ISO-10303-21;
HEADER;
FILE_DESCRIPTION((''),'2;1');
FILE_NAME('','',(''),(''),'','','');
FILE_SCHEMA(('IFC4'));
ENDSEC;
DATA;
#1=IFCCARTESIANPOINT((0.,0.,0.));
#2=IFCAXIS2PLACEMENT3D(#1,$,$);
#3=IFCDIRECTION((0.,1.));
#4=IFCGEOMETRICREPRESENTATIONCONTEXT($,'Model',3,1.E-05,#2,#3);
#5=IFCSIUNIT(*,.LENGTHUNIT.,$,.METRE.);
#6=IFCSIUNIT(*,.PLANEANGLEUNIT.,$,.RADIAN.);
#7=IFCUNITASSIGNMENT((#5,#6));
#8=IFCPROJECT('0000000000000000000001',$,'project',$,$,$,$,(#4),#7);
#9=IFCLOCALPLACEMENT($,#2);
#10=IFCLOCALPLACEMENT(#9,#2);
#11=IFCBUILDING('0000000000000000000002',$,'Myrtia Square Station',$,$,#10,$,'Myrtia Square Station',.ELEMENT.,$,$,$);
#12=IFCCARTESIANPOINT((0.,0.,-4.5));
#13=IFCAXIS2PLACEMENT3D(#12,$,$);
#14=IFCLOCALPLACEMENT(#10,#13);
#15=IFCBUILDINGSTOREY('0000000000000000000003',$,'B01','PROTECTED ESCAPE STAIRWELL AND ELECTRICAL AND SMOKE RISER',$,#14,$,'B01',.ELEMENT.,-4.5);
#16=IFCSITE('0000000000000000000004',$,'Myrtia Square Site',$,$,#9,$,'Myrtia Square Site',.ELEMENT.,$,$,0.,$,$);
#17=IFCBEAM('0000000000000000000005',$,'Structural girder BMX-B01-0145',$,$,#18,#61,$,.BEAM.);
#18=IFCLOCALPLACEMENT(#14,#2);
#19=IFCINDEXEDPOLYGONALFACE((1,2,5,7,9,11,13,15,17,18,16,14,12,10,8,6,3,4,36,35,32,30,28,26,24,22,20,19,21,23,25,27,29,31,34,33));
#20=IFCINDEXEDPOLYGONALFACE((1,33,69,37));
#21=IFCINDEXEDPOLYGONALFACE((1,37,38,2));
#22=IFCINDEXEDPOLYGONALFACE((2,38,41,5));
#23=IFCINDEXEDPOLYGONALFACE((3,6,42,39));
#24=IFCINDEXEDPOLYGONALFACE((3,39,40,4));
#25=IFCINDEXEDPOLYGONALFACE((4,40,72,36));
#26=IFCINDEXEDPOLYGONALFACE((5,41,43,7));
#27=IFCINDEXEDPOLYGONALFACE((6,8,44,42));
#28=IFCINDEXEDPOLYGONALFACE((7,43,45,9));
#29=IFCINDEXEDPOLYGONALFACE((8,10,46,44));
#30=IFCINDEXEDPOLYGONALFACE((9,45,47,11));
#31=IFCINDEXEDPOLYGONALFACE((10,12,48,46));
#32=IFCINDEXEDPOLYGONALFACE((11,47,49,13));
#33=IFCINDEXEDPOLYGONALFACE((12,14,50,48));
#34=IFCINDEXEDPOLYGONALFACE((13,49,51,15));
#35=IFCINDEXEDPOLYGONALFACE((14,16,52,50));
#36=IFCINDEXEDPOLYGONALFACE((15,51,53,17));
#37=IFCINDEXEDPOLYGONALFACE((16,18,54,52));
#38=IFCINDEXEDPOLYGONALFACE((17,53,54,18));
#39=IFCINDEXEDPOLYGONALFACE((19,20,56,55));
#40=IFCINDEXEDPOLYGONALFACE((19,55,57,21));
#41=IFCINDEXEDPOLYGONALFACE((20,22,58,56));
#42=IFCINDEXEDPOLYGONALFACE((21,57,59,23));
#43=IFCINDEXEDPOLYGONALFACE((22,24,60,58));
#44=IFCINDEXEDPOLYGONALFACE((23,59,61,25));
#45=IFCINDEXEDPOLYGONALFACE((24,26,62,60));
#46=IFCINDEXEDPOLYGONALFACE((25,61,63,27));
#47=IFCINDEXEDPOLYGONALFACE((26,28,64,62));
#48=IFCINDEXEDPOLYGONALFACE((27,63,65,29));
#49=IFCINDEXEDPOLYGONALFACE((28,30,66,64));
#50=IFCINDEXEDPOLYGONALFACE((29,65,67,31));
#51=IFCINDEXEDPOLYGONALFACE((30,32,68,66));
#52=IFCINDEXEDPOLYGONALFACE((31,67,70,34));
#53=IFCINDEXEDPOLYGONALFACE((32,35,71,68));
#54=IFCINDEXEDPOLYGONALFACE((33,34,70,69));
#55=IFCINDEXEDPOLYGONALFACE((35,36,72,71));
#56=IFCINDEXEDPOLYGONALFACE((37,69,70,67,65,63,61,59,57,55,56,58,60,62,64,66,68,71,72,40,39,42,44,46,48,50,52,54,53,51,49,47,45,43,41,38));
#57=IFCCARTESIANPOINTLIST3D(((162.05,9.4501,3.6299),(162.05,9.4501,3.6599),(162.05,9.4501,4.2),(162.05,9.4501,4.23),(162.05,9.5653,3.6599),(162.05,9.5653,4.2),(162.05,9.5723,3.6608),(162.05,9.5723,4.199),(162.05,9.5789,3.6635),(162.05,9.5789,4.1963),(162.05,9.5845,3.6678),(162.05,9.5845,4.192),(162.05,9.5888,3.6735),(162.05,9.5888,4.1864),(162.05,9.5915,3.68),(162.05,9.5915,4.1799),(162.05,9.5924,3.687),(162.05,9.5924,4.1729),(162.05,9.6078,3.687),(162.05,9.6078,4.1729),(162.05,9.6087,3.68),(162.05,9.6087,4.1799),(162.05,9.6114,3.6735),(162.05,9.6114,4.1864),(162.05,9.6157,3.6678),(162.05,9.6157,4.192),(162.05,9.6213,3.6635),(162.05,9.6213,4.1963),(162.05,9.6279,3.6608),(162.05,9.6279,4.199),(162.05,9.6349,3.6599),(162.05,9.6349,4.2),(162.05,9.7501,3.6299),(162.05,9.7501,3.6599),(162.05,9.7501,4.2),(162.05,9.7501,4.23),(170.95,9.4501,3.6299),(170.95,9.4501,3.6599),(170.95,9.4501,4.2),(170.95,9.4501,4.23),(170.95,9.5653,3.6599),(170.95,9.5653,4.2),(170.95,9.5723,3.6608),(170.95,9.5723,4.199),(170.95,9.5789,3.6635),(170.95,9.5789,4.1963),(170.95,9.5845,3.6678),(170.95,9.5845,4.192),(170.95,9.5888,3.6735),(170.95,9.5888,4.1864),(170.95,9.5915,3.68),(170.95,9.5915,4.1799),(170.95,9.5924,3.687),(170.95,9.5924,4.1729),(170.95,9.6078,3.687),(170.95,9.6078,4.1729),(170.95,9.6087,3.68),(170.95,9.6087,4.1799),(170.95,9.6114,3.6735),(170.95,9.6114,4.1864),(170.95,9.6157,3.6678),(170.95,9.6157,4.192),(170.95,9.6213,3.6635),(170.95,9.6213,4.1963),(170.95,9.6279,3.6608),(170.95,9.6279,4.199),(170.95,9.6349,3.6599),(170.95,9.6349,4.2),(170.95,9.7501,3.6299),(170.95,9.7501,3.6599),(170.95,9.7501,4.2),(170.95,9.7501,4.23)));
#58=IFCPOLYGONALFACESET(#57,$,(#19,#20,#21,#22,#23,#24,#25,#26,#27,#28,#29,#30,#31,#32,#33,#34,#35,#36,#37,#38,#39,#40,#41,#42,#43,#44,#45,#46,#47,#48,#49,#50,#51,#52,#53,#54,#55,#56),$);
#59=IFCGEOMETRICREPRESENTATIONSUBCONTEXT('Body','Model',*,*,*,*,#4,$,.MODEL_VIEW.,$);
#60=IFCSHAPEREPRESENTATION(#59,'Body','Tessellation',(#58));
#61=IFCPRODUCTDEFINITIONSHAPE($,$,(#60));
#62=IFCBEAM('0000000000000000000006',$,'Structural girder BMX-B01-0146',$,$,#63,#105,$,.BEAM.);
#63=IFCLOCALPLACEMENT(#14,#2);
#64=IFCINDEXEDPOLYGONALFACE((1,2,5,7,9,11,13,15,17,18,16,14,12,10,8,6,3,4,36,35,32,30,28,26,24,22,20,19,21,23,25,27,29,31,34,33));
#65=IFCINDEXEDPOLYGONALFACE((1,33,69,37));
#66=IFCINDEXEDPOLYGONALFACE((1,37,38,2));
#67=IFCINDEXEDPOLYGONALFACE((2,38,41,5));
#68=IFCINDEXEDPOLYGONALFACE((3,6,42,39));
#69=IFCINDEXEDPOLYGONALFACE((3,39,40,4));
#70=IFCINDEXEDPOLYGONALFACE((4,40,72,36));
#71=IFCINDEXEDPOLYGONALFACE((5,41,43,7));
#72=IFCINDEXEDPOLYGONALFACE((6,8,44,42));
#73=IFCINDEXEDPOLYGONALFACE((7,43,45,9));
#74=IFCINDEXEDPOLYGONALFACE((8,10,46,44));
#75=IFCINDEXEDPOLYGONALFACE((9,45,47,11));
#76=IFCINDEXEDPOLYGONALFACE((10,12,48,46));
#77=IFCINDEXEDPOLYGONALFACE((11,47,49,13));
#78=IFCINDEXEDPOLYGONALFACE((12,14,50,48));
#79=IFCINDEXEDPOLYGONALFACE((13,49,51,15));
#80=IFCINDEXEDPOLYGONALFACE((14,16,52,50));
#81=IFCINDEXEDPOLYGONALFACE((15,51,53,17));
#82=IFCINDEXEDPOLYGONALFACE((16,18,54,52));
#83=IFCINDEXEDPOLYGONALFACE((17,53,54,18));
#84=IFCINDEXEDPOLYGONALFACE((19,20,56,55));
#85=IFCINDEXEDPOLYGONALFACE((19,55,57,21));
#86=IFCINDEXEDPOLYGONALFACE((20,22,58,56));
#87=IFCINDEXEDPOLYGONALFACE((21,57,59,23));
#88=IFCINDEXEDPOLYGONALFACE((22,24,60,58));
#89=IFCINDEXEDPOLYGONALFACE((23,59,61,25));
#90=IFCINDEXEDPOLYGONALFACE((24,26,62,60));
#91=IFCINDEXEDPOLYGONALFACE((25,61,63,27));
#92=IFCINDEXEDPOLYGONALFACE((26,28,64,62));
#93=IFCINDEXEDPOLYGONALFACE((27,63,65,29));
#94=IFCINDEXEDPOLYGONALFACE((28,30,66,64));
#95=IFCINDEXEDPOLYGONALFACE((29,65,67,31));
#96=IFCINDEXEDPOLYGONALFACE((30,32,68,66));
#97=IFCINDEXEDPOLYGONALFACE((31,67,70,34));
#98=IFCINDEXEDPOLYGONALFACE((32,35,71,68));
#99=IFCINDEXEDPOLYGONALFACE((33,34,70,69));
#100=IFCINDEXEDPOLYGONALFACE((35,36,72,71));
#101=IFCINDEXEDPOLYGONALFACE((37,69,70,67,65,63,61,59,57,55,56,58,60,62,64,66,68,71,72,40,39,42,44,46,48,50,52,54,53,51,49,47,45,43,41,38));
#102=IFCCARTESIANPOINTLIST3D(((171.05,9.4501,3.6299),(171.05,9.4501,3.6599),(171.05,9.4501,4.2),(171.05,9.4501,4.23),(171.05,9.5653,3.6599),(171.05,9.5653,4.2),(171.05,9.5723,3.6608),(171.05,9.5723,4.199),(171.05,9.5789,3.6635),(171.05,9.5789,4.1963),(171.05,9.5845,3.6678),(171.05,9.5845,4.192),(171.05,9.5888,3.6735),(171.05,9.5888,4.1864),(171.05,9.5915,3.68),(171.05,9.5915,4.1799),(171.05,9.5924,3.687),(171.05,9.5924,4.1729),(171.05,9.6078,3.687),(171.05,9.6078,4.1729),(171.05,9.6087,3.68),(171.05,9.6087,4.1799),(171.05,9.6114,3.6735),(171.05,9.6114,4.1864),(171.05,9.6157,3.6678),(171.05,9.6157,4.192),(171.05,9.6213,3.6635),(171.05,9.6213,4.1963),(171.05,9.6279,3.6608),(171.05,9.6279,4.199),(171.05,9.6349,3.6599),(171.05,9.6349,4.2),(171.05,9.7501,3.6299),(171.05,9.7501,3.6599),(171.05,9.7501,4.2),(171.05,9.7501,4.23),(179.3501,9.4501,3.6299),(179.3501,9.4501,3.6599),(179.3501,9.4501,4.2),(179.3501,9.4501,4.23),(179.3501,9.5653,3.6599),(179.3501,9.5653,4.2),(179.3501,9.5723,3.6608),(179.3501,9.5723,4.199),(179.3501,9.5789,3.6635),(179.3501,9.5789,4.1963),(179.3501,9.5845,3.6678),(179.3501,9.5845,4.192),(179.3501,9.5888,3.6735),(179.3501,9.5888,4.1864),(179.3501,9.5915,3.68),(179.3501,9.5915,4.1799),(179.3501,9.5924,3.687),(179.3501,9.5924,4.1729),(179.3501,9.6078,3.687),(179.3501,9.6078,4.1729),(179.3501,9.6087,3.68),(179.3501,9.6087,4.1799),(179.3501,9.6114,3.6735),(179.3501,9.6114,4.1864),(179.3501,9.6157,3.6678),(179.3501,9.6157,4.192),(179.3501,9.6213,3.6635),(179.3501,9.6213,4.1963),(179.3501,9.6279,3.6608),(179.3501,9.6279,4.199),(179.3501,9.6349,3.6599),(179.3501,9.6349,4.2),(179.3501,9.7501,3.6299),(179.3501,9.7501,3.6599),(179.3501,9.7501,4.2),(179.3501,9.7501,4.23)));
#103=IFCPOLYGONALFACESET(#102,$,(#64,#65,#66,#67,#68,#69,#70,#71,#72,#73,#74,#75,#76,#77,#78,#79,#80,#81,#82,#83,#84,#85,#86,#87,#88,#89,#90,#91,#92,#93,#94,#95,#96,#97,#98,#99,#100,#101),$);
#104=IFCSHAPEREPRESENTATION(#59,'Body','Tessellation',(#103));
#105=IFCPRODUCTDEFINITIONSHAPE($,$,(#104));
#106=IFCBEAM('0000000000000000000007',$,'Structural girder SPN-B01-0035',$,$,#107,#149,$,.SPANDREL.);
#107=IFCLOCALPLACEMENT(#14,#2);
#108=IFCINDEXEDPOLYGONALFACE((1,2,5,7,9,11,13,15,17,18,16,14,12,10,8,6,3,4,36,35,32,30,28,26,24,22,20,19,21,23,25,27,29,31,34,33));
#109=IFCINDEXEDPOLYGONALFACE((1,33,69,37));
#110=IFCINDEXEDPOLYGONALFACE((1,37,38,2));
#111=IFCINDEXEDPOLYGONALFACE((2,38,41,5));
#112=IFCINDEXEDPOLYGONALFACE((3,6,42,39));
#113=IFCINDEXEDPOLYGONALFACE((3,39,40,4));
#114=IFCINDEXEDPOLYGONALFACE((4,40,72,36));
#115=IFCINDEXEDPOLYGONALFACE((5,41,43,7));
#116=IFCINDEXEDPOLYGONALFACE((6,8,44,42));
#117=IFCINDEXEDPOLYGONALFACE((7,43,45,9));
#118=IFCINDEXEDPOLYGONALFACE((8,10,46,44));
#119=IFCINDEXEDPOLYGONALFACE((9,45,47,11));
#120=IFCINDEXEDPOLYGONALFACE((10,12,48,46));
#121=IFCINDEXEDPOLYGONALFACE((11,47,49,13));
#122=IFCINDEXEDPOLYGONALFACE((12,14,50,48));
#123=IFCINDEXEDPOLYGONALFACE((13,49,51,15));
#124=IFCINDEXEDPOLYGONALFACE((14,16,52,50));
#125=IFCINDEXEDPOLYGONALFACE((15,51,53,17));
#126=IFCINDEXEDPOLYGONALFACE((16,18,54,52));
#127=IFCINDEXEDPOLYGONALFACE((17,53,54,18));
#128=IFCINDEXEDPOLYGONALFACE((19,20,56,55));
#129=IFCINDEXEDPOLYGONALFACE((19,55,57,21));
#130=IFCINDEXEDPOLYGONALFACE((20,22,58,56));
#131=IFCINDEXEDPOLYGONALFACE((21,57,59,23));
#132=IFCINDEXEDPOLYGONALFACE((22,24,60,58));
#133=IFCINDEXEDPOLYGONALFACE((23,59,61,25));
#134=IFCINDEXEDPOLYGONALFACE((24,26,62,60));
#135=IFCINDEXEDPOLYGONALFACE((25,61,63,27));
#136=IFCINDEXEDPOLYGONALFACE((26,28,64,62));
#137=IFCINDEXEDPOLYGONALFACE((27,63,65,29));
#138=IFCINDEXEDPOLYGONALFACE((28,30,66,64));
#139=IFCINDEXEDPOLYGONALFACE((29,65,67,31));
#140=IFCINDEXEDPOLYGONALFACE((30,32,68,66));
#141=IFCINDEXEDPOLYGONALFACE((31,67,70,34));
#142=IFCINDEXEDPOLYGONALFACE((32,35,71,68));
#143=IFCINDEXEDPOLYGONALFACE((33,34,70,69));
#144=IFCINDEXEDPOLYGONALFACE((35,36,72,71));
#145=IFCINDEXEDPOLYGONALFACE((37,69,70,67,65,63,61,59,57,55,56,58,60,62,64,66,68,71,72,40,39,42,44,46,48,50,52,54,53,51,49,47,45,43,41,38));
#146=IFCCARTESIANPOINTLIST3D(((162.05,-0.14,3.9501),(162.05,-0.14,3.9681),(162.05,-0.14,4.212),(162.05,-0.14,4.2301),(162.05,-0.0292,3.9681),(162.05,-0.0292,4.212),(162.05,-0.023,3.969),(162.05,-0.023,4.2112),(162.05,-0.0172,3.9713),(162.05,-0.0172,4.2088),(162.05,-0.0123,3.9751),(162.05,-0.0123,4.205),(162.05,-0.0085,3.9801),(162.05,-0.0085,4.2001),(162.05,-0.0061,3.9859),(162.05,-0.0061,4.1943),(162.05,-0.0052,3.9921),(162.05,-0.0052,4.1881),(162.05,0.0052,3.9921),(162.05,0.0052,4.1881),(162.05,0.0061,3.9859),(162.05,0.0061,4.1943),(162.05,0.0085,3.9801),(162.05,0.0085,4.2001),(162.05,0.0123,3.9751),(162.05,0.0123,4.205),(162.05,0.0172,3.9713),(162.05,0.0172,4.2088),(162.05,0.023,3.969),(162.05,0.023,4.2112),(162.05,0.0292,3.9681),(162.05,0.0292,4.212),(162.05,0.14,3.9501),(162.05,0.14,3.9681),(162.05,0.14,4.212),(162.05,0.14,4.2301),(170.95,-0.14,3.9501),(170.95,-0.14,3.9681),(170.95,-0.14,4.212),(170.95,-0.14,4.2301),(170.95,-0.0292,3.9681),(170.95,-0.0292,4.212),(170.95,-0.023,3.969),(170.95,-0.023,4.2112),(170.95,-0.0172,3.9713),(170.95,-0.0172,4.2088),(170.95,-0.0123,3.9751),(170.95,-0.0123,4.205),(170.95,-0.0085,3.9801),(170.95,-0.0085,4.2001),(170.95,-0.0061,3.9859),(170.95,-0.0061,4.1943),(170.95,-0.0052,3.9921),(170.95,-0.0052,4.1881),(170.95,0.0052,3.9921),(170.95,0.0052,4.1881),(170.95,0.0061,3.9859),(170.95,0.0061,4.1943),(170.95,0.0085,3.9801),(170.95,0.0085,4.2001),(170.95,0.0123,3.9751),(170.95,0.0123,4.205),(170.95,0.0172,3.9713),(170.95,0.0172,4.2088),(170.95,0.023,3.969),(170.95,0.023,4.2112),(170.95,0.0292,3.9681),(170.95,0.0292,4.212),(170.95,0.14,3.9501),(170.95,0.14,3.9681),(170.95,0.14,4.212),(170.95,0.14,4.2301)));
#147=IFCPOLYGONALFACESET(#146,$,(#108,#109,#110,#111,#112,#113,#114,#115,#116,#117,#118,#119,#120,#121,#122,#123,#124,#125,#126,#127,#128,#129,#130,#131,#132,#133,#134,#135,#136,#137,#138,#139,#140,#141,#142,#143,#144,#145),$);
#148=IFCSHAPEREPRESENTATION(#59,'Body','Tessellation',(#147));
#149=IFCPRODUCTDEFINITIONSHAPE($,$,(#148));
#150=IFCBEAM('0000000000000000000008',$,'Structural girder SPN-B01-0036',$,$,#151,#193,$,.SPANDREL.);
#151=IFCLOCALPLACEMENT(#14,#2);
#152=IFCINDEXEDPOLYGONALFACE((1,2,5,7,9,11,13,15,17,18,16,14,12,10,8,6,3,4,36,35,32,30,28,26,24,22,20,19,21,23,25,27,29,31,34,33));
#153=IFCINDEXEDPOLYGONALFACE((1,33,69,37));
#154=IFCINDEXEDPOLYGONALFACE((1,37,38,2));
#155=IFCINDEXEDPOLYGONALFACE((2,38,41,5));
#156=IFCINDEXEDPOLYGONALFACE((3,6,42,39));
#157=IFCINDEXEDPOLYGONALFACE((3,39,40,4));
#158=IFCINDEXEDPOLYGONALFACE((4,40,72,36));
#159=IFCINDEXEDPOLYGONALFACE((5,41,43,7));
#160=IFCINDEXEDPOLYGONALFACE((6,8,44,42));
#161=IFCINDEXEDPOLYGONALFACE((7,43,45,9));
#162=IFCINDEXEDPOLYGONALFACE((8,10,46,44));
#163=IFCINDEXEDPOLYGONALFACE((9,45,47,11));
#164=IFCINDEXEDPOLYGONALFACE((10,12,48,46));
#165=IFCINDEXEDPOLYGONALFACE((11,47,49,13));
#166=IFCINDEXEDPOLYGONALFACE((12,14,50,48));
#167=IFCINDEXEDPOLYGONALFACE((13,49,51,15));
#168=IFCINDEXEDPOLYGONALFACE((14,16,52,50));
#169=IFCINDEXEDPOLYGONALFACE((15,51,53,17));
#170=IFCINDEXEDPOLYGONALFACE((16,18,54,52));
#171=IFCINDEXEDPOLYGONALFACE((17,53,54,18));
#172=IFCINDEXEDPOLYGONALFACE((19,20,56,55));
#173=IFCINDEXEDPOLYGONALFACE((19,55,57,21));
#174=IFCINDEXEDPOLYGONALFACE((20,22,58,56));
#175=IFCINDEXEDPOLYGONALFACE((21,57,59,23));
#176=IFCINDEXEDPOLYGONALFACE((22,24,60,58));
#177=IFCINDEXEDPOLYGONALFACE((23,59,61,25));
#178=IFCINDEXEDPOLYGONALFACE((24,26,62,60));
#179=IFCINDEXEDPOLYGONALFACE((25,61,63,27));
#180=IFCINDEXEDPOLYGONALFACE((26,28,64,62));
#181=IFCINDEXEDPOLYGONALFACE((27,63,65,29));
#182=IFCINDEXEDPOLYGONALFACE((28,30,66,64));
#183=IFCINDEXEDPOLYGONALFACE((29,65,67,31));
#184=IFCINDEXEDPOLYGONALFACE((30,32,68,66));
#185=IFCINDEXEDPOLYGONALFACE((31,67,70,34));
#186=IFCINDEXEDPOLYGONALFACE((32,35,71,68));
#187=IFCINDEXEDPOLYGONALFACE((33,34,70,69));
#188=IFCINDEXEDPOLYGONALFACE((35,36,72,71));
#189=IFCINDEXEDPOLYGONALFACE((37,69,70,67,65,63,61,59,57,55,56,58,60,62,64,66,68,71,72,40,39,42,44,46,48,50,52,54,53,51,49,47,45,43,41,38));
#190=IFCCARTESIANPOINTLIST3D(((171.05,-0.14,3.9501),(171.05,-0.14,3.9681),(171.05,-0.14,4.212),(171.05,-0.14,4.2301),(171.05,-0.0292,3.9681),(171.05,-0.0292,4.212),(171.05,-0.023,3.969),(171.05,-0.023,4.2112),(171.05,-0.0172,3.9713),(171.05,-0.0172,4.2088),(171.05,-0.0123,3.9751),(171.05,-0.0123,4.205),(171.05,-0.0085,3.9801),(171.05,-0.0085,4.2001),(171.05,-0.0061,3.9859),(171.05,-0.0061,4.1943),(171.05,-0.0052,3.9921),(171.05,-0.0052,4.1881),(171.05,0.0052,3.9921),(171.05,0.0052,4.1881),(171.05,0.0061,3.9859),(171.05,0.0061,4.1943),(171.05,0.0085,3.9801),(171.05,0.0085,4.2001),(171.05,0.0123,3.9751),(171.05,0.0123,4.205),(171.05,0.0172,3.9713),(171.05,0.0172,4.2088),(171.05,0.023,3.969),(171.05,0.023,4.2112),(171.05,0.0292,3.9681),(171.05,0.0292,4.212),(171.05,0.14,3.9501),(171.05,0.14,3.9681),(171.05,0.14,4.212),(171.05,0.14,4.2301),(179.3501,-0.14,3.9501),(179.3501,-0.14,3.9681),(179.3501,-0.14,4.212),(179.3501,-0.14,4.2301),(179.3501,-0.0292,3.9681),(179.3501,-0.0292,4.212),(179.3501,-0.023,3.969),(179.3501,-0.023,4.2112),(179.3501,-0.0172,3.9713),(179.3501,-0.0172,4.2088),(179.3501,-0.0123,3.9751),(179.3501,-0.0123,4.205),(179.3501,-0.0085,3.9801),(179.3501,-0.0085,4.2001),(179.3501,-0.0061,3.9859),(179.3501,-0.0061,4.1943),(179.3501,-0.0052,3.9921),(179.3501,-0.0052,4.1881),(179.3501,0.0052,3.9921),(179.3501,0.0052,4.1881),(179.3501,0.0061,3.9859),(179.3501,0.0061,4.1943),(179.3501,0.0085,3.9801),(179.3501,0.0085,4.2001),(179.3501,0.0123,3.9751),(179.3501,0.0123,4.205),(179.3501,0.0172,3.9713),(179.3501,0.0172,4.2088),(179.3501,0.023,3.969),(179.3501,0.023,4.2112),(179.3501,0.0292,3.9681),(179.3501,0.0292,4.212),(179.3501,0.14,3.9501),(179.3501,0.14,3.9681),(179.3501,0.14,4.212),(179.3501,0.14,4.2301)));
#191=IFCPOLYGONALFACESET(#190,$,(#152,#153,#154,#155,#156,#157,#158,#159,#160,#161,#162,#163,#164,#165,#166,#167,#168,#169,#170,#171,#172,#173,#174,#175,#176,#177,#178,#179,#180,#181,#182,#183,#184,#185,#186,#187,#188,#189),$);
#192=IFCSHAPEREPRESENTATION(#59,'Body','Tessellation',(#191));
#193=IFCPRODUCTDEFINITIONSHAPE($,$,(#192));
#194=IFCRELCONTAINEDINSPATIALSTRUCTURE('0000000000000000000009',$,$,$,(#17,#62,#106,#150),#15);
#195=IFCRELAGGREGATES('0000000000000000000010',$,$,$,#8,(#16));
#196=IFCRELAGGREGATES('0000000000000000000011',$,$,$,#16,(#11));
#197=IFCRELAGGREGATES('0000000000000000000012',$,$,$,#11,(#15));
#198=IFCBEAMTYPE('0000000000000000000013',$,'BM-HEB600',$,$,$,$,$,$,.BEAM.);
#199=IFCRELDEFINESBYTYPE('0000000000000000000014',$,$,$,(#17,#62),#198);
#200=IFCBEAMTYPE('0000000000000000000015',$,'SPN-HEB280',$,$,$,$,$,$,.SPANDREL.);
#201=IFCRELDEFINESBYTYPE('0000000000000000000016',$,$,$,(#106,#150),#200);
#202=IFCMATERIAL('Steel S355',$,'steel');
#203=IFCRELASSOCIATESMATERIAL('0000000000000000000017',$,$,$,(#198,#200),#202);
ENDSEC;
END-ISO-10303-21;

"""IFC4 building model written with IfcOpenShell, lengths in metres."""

from ifc_helpers import new_model, si_unit, direction, frame, origin, origin_2d, place, context, subcontext, project, spatial, i_section, extrude, material, material_profile, profile_set, type_object, element, save


model = new_model("IFC4")

# Units and contexts
model_context = context("Model", 3, precision=1e-05, world=origin(), true_north=direction((0.0, 1.0)))
body_context = subcontext(model_context, "Body", "Model", "MODEL_VIEW")
ifc_project = project(units=[si_unit("LENGTHUNIT", "METRE"), si_unit("PLANEANGLEUNIT", "RADIAN")], contexts=[model_context])

# Site, building, storey
site_placement = place(None, origin())
site = spatial("IfcSite", under=ifc_project, at=site_placement, Name="Myrtia Square Site", LongName="Myrtia Square Site", CompositionType="ELEMENT", RefElevation=0.0)
building_placement = place(site_placement, origin())
building = spatial("IfcBuilding", under=site, at=building_placement, Name="Myrtia Square Station", LongName="Myrtia Square Station", CompositionType="ELEMENT")
storey_placement = place(building_placement, frame((0.0, 0.0, -4.5)))
storey = spatial("IfcBuildingStorey", under=building, at=storey_placement, Name="B01", Description="PROTECTED ESCAPE STAIRWELL AND ELECTRICAL AND SMOKE RISER", LongName="B01", CompositionType="ELEMENT", Elevation=-4.5)

# Shared definitions
ifc_material_1 = material(Name="Steel S355", Category="steel")

# Beams
ifc_material_profile_1 = material_profile(ifc_material_1, i_section(OverallWidth=0.3, OverallDepth=0.6001, WebThickness=0.0154, FlangeThickness=0.03, FilletRadius=0.0271, at=origin_2d()), Name="HEB 600")
ifc_profile_set_1 = profile_set([ifc_material_profile_1], Name="Steel S355")
beam_type_1 = type_object("IfcBeamType", Name="BM-HEB600", PredefinedType="BEAM", material=ifc_profile_set_1)
beam_1_placement = place(storey_placement, frame((162.05, 9.6001, 3.9299), z_axis=(1.0, 0.0, 0.0), x_axis=(0.0, 1.0, 0.0)))
element("IfcBeam", 1, at=beam_1_placement, inside=storey, type_object=beam_type_1, Name="Structural girder BMX-B01-0145", PredefinedType="BEAM", context=body_context, shape_type="SweptSolid", body=[
    extrude(i_section(OverallWidth=0.3, OverallDepth=0.6001, WebThickness=0.0154, FlangeThickness=0.03, FilletRadius=0.0271, at=origin_2d()), origin(), (0.0, 0.0, 1.0), 8.8999),
])
beam_2_placement = place(storey_placement, frame((171.05, 9.6001, 3.9299), z_axis=(1.0, 0.0, 0.0), x_axis=(0.0, 1.0, 0.0)))
element("IfcBeam", 2, at=beam_2_placement, inside=storey, type_object=beam_type_1, Name="Structural girder BMX-B01-0146", PredefinedType="BEAM", context=body_context, shape_type="SweptSolid", body=[
    extrude(i_section(OverallWidth=0.3, OverallDepth=0.6001, WebThickness=0.0154, FlangeThickness=0.03, FilletRadius=0.0271, at=origin_2d()), origin(), (0.0, 0.0, 1.0), 8.3),
])
ifc_material_profile_2 = material_profile(ifc_material_1, i_section(OverallWidth=0.28, OverallDepth=0.28, WebThickness=0.0105, FlangeThickness=0.0181, FilletRadius=0.0239, at=origin_2d()), Name="HEB 280")
ifc_profile_set_2 = profile_set([ifc_material_profile_2], Name="Steel S355")
beam_type_2 = type_object("IfcBeamType", Name="SPN-HEB280", PredefinedType="SPANDREL", material=ifc_profile_set_2)
beam_3_placement = place(storey_placement, frame((162.05, 0.0, 4.0901), z_axis=(1.0, 0.0, 0.0), x_axis=(0.0, 1.0, 0.0)))
element("IfcBeam", 3, at=beam_3_placement, inside=storey, type_object=beam_type_2, Name="Structural girder SPN-B01-0035", PredefinedType="SPANDREL", context=body_context, shape_type="SweptSolid", body=[
    extrude(i_section(OverallWidth=0.28, OverallDepth=0.28, WebThickness=0.0105, FlangeThickness=0.0181, FilletRadius=0.0239, at=origin_2d()), origin(), (0.0, 0.0, 1.0), 8.8999),
])
beam_4_placement = place(storey_placement, frame((171.05, 0.0, 4.0901), z_axis=(1.0, 0.0, 0.0), x_axis=(0.0, 1.0, 0.0)))
element("IfcBeam", 4, at=beam_4_placement, inside=storey, type_object=beam_type_2, Name="Structural girder SPN-B01-0036", PredefinedType="SPANDREL", context=body_context, shape_type="SweptSolid", body=[
    extrude(i_section(OverallWidth=0.28, OverallDepth=0.28, WebThickness=0.0105, FlangeThickness=0.0181, FilletRadius=0.0239, at=origin_2d()), origin(), (0.0, 0.0, 1.0), 8.3),
])

save(model, "model.ifc")
